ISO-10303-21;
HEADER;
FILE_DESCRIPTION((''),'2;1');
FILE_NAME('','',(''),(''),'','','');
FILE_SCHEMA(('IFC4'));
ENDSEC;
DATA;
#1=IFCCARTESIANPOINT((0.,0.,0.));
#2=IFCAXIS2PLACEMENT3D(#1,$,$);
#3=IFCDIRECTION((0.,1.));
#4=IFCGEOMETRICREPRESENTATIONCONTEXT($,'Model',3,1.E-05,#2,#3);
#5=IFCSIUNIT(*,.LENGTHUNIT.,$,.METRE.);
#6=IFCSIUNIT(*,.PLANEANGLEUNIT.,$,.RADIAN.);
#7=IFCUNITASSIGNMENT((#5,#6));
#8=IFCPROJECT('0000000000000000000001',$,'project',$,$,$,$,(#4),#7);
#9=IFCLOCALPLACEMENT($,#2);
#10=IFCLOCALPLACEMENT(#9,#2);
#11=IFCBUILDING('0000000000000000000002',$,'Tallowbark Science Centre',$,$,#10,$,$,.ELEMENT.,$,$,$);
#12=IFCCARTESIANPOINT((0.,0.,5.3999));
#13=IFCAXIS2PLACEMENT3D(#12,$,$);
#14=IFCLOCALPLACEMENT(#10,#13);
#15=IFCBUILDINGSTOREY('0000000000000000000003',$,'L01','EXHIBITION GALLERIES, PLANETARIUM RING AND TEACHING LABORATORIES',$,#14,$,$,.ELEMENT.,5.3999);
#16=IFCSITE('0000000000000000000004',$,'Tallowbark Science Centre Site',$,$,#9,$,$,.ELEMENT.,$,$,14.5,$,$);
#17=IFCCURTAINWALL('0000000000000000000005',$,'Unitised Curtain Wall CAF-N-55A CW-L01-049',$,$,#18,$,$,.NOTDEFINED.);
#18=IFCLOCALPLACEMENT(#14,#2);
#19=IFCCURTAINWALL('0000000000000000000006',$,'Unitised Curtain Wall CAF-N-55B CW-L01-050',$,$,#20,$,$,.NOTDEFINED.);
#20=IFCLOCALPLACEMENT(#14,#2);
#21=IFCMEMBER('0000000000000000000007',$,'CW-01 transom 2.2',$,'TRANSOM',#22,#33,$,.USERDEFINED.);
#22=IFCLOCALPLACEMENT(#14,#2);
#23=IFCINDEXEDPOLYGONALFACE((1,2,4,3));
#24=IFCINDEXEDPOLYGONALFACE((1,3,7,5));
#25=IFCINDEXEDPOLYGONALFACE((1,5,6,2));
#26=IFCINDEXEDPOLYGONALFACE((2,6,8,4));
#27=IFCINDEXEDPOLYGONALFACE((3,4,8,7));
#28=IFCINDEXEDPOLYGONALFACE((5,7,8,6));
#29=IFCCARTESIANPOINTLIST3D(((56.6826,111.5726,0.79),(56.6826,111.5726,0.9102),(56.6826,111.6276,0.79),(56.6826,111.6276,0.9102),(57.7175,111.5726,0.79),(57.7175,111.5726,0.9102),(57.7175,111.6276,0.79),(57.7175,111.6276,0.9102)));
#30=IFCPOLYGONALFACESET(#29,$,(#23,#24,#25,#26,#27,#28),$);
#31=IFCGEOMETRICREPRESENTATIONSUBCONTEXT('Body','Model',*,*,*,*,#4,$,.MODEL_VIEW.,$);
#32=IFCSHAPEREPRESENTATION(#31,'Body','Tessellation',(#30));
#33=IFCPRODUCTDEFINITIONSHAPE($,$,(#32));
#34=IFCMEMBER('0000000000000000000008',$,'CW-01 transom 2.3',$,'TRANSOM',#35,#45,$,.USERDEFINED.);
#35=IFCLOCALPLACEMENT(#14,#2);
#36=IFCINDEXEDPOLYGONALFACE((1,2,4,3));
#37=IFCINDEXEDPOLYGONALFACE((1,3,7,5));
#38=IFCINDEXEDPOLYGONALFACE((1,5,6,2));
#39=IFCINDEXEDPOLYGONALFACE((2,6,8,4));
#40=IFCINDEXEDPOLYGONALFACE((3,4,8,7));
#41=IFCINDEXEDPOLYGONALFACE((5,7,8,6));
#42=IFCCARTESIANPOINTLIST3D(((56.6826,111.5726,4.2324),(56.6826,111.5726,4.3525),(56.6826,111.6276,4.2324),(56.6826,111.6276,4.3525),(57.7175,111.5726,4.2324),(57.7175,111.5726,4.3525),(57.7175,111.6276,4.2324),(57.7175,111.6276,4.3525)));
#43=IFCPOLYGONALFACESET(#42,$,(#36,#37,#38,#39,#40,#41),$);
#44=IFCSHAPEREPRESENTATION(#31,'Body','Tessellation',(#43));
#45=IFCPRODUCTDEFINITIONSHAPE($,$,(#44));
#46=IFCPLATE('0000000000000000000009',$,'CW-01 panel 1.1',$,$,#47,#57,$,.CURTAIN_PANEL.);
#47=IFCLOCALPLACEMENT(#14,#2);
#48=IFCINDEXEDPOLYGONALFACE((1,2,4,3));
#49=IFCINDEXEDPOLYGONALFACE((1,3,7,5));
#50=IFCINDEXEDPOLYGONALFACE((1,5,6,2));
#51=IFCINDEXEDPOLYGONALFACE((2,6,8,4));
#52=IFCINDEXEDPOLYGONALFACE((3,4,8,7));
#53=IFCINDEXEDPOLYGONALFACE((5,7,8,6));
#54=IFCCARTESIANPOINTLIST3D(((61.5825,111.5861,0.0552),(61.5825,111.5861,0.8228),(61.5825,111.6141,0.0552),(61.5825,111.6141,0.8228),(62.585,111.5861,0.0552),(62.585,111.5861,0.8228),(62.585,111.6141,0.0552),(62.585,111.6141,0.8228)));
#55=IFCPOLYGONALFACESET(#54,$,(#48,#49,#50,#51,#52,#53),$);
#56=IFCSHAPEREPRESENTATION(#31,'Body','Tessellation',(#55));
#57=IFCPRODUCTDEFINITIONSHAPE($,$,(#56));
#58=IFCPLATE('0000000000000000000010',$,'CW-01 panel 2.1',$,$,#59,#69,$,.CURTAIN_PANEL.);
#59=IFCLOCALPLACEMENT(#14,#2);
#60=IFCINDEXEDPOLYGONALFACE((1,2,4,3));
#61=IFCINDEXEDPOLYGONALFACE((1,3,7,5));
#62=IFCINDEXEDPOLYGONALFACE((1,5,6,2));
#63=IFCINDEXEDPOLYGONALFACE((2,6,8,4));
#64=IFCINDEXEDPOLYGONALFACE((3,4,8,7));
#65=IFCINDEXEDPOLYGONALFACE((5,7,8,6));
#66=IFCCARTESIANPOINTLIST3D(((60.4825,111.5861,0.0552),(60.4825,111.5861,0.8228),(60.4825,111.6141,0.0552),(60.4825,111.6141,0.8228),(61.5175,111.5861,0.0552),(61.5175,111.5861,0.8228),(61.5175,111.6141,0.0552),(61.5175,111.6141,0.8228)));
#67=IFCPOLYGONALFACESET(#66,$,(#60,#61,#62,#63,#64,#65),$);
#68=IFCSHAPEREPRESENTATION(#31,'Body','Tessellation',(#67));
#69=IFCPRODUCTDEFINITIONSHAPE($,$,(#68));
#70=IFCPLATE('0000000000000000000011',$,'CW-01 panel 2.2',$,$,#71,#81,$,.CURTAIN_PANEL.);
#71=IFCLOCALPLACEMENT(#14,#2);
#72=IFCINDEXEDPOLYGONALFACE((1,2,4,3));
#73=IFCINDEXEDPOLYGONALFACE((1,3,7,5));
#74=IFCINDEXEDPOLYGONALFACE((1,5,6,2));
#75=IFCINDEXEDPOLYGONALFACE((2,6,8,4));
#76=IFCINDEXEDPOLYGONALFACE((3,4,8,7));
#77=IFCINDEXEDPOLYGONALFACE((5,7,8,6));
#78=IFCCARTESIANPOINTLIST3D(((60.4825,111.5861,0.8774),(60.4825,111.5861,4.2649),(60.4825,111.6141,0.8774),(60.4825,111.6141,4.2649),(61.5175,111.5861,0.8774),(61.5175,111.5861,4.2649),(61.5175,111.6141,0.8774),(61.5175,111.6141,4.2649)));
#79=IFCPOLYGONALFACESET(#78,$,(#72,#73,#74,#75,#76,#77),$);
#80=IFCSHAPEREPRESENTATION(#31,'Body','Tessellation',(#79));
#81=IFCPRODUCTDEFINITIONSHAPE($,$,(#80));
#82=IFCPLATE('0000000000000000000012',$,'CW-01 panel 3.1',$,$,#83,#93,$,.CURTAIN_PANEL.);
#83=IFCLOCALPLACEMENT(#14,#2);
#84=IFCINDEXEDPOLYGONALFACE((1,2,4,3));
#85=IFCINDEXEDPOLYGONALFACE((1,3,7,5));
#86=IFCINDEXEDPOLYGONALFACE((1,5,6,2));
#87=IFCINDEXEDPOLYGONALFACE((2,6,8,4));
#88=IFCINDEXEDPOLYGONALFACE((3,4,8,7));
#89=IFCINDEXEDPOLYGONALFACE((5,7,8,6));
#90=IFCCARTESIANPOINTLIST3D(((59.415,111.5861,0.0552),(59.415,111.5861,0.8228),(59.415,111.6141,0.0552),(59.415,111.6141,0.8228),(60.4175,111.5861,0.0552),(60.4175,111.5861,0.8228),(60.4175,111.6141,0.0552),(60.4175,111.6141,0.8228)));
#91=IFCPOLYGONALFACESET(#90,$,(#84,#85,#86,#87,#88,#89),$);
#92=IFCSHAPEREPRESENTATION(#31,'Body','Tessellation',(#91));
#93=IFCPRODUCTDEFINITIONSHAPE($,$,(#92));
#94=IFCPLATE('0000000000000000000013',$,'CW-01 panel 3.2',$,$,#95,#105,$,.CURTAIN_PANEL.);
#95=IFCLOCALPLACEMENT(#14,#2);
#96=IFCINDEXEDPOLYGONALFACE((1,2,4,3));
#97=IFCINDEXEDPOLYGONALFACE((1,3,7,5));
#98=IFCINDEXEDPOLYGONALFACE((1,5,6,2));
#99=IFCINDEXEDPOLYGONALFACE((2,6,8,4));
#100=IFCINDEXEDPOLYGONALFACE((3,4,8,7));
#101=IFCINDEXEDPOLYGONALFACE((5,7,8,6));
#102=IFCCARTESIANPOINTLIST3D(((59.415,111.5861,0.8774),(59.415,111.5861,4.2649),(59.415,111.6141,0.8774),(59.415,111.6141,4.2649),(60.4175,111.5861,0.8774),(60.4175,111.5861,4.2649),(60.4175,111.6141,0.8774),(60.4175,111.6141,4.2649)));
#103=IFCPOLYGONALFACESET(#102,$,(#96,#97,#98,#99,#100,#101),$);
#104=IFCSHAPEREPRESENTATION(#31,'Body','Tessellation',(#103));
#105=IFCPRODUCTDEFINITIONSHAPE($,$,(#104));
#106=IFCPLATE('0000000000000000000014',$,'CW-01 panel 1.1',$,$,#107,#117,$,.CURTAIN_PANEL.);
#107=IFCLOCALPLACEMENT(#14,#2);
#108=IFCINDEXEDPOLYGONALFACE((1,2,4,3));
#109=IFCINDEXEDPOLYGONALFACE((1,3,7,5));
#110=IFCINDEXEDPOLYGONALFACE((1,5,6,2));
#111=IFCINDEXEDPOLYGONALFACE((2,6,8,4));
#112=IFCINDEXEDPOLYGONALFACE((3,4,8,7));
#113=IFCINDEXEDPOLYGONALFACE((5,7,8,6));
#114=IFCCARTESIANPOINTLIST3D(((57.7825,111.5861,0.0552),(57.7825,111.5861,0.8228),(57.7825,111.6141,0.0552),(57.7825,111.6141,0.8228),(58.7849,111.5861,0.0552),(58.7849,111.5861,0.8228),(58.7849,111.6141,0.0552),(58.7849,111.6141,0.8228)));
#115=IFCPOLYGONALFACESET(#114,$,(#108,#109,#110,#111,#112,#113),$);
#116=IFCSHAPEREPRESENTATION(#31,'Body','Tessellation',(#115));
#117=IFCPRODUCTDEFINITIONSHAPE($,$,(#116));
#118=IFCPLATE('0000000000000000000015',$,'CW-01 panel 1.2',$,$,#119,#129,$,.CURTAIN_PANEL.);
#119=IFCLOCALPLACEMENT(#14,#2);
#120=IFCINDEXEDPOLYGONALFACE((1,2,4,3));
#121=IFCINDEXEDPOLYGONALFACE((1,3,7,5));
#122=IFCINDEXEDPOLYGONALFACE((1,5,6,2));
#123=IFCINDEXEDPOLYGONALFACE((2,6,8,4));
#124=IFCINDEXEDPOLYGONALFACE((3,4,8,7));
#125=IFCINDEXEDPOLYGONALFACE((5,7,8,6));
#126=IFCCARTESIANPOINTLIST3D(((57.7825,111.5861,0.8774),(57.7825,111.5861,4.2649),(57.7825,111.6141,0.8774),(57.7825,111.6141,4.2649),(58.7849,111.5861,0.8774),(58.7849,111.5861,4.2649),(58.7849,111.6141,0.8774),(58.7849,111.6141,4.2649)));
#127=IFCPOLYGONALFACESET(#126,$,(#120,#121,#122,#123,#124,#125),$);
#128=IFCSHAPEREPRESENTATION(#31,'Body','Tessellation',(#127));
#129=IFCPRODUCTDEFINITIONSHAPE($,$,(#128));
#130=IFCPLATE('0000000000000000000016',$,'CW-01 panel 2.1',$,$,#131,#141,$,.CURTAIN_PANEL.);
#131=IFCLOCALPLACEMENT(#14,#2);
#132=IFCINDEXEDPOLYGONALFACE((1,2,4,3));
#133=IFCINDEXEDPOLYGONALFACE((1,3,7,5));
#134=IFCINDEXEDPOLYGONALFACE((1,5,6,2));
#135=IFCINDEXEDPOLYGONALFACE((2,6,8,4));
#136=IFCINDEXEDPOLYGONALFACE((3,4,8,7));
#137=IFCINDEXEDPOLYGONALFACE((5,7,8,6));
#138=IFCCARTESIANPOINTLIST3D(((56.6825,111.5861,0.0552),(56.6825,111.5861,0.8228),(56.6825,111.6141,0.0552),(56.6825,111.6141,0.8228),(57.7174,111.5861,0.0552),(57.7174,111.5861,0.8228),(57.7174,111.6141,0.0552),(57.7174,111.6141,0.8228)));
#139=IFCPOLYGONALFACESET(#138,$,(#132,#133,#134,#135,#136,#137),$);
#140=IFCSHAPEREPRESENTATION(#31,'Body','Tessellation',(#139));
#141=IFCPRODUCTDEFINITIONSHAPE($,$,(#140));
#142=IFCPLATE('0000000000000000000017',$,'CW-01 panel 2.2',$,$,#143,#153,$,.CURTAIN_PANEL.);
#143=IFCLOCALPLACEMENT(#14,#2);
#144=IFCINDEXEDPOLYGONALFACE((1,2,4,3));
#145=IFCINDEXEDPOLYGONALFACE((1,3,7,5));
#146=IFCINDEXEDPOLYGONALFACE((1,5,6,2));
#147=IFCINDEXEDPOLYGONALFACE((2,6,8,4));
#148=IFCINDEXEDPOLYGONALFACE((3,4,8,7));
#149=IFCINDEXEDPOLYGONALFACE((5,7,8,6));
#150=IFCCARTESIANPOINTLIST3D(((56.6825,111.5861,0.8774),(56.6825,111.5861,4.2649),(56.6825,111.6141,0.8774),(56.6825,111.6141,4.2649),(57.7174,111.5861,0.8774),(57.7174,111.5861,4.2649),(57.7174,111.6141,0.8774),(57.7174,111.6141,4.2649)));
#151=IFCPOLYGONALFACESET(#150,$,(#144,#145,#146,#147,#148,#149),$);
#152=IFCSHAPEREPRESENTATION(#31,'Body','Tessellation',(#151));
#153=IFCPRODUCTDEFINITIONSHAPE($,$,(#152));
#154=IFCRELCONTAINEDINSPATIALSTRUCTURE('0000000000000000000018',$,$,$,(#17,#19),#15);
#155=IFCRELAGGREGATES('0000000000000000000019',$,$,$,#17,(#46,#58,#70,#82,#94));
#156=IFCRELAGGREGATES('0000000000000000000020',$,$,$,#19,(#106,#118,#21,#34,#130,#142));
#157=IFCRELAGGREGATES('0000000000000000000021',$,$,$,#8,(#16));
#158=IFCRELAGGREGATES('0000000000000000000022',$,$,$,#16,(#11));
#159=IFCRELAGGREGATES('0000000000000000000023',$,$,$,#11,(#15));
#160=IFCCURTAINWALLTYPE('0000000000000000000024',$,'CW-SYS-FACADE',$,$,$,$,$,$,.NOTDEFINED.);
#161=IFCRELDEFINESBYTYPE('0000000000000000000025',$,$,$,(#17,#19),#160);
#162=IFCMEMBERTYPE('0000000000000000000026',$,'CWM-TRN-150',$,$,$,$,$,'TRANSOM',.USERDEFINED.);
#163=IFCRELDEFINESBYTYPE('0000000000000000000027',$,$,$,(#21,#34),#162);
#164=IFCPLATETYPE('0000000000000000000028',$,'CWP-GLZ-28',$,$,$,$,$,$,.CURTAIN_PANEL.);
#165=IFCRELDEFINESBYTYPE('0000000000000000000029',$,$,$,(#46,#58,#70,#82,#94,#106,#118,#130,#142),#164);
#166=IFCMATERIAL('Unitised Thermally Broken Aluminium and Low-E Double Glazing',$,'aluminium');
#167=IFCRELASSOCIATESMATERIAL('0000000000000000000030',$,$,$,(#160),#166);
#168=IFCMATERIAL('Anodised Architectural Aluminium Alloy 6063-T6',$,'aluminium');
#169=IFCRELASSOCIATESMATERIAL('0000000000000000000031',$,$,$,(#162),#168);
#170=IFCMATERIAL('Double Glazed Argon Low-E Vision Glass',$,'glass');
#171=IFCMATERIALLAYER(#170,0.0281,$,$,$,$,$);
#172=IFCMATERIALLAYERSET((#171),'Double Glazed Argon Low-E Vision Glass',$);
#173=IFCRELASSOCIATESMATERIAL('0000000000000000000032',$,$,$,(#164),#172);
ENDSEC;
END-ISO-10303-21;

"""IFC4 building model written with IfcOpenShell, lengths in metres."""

from ifc_helpers import new_model, si_unit, direction, frame, origin, origin_2d, place, context, subcontext, project, spatial, rectangle, extrude, material, layer, layer_set, material_profile, profile_set, type_object, element, aggregate, save


model = new_model("IFC4")

# Units and contexts
model_context = context("Model", 3, precision=1e-05, world=origin(), true_north=direction((0.0, 1.0)))
body_context = subcontext(model_context, "Body", "Model", "MODEL_VIEW")
ifc_project = project(units=[si_unit("LENGTHUNIT", "METRE"), si_unit("PLANEANGLEUNIT", "RADIAN")], contexts=[model_context])

# Site, building, storey
site_placement = place(None, origin())
site = spatial("IfcSite", under=ifc_project, at=site_placement, Name="Tallowbark Science Centre Site", CompositionType="ELEMENT", RefElevation=14.5)
building_placement = place(site_placement, origin())
building = spatial("IfcBuilding", under=site, at=building_placement, Name="Tallowbark Science Centre", CompositionType="ELEMENT")
storey_placement = place(building_placement, frame((0.0, 0.0, 5.3999)))
storey = spatial("IfcBuildingStorey", under=building, at=storey_placement, Name="L01", Description="EXHIBITION GALLERIES, PLANETARIUM RING AND TEACHING LABORATORIES", CompositionType="ELEMENT", Elevation=5.3999)

# Curtain walls
ifc_material_1 = material(Name="Unitised Thermally Broken Aluminium and Low-E Double Glazing", Category="aluminium")
curtain_wall_type = type_object("IfcCurtainWallType", Name="CW-SYS-FACADE", PredefinedType="NOTDEFINED", material=ifc_material_1)
curtain_wall_1_placement = place(storey_placement, origin())
curtain_wall_1 = element("IfcCurtainWall", 1, at=curtain_wall_1_placement, inside=storey, type_object=curtain_wall_type, Name="Unitised Curtain Wall CAF-N-55A CW-L01-049", PredefinedType="NOTDEFINED")
ifc_material_2 = material(Name="Anodised Architectural Aluminium Alloy 6063-T6", Category="aluminium")
curtain_wall_2_placement = place(storey_placement, origin())
curtain_wall_2 = element("IfcCurtainWall", 2, at=curtain_wall_2_placement, inside=storey, type_object=curtain_wall_type, Name="Unitised Curtain Wall CAF-N-55B CW-L01-050", PredefinedType="NOTDEFINED")

# Members
ifc_material_profile_1 = material_profile(ifc_material_2, rectangle(XDim=0.0549, YDim=0.1201, at=origin_2d()), Name="ALU55x120")
ifc_profile_set_1 = profile_set([ifc_material_profile_1], Name="Anodised Architectural Aluminium Alloy 6063-T6")
member_type_1 = type_object("IfcMemberType", Name="CWM-TRN-150", ElementType="TRANSOM", PredefinedType="USERDEFINED", material=ifc_profile_set_1)
member_1_placement = place(storey_placement, frame((57.7175, 111.6001, 0.8501), z_axis=(-1.0, 0.0, 0.0), x_axis=(0.0, -1.0, 0.0)))
member_1 = element("IfcMember", 3, at=member_1_placement, type_object=member_type_1, Name="CW-01 transom 2.2", ObjectType="TRANSOM", PredefinedType="USERDEFINED", context=body_context, shape_type="SweptSolid", body=[
    extrude(rectangle(XDim=0.0549, YDim=0.1201, at=origin_2d()), origin(), (0.0, 0.0, 1.0), 1.0349),
])
member_2_placement = place(storey_placement, frame((57.7175, 111.6001, 4.2925), z_axis=(-1.0, 0.0, 0.0), x_axis=(0.0, -1.0, 0.0)))
member_2 = element("IfcMember", 4, at=member_2_placement, type_object=member_type_1, Name="CW-01 transom 2.3", ObjectType="TRANSOM", PredefinedType="USERDEFINED", context=body_context, shape_type="SweptSolid", body=[
    extrude(rectangle(XDim=0.0549, YDim=0.1201, at=origin_2d()), origin(), (0.0, 0.0, 1.0), 1.0349),
])

# Plates
ifc_material_3 = material(Name="Double Glazed Argon Low-E Vision Glass", Category="glass")
ifc_layer = layer(ifc_material_3, 0.0281)
ifc_layer_set = layer_set([ifc_layer], Name="Double Glazed Argon Low-E Vision Glass")
plate_type = type_object("IfcPlateType", Name="CWP-GLZ-28", PredefinedType="CURTAIN_PANEL", material=ifc_layer_set)
plate_1_placement = place(storey_placement, frame((62.0837, 111.6001, 0.0552), z_axis=(0.0, 0.0, 1.0), x_axis=(-1.0, 0.0, 0.0)))
plate_1 = element("IfcPlate", 5, at=plate_1_placement, type_object=plate_type, Name="CW-01 panel 1.1", PredefinedType="CURTAIN_PANEL", context=body_context, shape_type="SweptSolid", body=[
    extrude(rectangle(XDim=1.0024, YDim=0.0281, at=origin_2d()), origin(), (0.0, 0.0, 1.0), 0.7676),
])
plate_2_placement = place(storey_placement, frame((61.0, 111.6001, 0.0552), z_axis=(0.0, 0.0, 1.0), x_axis=(-1.0, 0.0, 0.0)))
plate_2 = element("IfcPlate", 6, at=plate_2_placement, type_object=plate_type, Name="CW-01 panel 2.1", PredefinedType="CURTAIN_PANEL", context=body_context, shape_type="SweptSolid", body=[
    extrude(rectangle(XDim=1.0349, YDim=0.0281, at=origin_2d()), origin(), (0.0, 0.0, 1.0), 0.7676),
])
plate_3_placement = place(storey_placement, frame((61.0, 111.6001, 0.8774), z_axis=(0.0, 0.0, 1.0), x_axis=(-1.0, 0.0, 0.0)))
plate_3 = element("IfcPlate", 7, at=plate_3_placement, type_object=plate_type, Name="CW-01 panel 2.2", PredefinedType="CURTAIN_PANEL", context=body_context, shape_type="SweptSolid", body=[
    extrude(rectangle(XDim=1.0349, YDim=0.0281, at=origin_2d()), origin(), (0.0, 0.0, 1.0), 3.3875),
])
plate_4_placement = place(storey_placement, frame((59.9163, 111.6001, 0.0552), z_axis=(0.0, 0.0, 1.0), x_axis=(-1.0, 0.0, 0.0)))
plate_4 = element("IfcPlate", 8, at=plate_4_placement, type_object=plate_type, Name="CW-01 panel 3.1", PredefinedType="CURTAIN_PANEL", context=body_context, shape_type="SweptSolid", body=[
    extrude(rectangle(XDim=1.0024, YDim=0.0281, at=origin_2d()), origin(), (0.0, 0.0, 1.0), 0.7676),
])
plate_5_placement = place(storey_placement, frame((59.9163, 111.6001, 0.8774), z_axis=(0.0, 0.0, 1.0), x_axis=(-1.0, 0.0, 0.0)))
plate_5 = element("IfcPlate", 9, at=plate_5_placement, type_object=plate_type, Name="CW-01 panel 3.2", PredefinedType="CURTAIN_PANEL", context=body_context, shape_type="SweptSolid", body=[
    extrude(rectangle(XDim=1.0024, YDim=0.0281, at=origin_2d()), origin(), (0.0, 0.0, 1.0), 3.3875),
])
aggregate(curtain_wall_1, [plate_1, plate_2, plate_3, plate_4, plate_5])
plate_6_placement = place(storey_placement, frame((58.2837, 111.6001, 0.0552), z_axis=(0.0, 0.0, 1.0), x_axis=(-1.0, 0.0, 0.0)))
plate_6 = element("IfcPlate", 10, at=plate_6_placement, type_object=plate_type, Name="CW-01 panel 1.1", PredefinedType="CURTAIN_PANEL", context=body_context, shape_type="SweptSolid", body=[
    extrude(rectangle(XDim=1.0024, YDim=0.0281, at=origin_2d()), origin(), (0.0, 0.0, 1.0), 0.7676),
])
plate_7_placement = place(storey_placement, frame((58.2837, 111.6001, 0.8774), z_axis=(0.0, 0.0, 1.0), x_axis=(-1.0, 0.0, 0.0)))
plate_7 = element("IfcPlate", 11, at=plate_7_placement, type_object=plate_type, Name="CW-01 panel 1.2", PredefinedType="CURTAIN_PANEL", context=body_context, shape_type="SweptSolid", body=[
    extrude(rectangle(XDim=1.0024, YDim=0.0281, at=origin_2d()), origin(), (0.0, 0.0, 1.0), 3.3875),
])
plate_8_placement = place(storey_placement, frame((57.2, 111.6001, 0.0552), z_axis=(0.0, 0.0, 1.0), x_axis=(-1.0, 0.0, 0.0)))
plate_8 = element("IfcPlate", 12, at=plate_8_placement, type_object=plate_type, Name="CW-01 panel 2.1", PredefinedType="CURTAIN_PANEL", context=body_context, shape_type="SweptSolid", body=[
    extrude(rectangle(XDim=1.0349, YDim=0.0281, at=origin_2d()), origin(), (0.0, 0.0, 1.0), 0.7676),
])
plate_9_placement = place(storey_placement, frame((57.2, 111.6001, 0.8774), z_axis=(0.0, 0.0, 1.0), x_axis=(-1.0, 0.0, 0.0)))
plate_9 = element("IfcPlate", 13, at=plate_9_placement, type_object=plate_type, Name="CW-01 panel 2.2", PredefinedType="CURTAIN_PANEL", context=body_context, shape_type="SweptSolid", body=[
    extrude(rectangle(XDim=1.0349, YDim=0.0281, at=origin_2d()), origin(), (0.0, 0.0, 1.0), 3.3875),
])
aggregate(curtain_wall_2, [plate_6, plate_7, member_1, member_2, plate_8, plate_9])

save(model, "model.ifc")
